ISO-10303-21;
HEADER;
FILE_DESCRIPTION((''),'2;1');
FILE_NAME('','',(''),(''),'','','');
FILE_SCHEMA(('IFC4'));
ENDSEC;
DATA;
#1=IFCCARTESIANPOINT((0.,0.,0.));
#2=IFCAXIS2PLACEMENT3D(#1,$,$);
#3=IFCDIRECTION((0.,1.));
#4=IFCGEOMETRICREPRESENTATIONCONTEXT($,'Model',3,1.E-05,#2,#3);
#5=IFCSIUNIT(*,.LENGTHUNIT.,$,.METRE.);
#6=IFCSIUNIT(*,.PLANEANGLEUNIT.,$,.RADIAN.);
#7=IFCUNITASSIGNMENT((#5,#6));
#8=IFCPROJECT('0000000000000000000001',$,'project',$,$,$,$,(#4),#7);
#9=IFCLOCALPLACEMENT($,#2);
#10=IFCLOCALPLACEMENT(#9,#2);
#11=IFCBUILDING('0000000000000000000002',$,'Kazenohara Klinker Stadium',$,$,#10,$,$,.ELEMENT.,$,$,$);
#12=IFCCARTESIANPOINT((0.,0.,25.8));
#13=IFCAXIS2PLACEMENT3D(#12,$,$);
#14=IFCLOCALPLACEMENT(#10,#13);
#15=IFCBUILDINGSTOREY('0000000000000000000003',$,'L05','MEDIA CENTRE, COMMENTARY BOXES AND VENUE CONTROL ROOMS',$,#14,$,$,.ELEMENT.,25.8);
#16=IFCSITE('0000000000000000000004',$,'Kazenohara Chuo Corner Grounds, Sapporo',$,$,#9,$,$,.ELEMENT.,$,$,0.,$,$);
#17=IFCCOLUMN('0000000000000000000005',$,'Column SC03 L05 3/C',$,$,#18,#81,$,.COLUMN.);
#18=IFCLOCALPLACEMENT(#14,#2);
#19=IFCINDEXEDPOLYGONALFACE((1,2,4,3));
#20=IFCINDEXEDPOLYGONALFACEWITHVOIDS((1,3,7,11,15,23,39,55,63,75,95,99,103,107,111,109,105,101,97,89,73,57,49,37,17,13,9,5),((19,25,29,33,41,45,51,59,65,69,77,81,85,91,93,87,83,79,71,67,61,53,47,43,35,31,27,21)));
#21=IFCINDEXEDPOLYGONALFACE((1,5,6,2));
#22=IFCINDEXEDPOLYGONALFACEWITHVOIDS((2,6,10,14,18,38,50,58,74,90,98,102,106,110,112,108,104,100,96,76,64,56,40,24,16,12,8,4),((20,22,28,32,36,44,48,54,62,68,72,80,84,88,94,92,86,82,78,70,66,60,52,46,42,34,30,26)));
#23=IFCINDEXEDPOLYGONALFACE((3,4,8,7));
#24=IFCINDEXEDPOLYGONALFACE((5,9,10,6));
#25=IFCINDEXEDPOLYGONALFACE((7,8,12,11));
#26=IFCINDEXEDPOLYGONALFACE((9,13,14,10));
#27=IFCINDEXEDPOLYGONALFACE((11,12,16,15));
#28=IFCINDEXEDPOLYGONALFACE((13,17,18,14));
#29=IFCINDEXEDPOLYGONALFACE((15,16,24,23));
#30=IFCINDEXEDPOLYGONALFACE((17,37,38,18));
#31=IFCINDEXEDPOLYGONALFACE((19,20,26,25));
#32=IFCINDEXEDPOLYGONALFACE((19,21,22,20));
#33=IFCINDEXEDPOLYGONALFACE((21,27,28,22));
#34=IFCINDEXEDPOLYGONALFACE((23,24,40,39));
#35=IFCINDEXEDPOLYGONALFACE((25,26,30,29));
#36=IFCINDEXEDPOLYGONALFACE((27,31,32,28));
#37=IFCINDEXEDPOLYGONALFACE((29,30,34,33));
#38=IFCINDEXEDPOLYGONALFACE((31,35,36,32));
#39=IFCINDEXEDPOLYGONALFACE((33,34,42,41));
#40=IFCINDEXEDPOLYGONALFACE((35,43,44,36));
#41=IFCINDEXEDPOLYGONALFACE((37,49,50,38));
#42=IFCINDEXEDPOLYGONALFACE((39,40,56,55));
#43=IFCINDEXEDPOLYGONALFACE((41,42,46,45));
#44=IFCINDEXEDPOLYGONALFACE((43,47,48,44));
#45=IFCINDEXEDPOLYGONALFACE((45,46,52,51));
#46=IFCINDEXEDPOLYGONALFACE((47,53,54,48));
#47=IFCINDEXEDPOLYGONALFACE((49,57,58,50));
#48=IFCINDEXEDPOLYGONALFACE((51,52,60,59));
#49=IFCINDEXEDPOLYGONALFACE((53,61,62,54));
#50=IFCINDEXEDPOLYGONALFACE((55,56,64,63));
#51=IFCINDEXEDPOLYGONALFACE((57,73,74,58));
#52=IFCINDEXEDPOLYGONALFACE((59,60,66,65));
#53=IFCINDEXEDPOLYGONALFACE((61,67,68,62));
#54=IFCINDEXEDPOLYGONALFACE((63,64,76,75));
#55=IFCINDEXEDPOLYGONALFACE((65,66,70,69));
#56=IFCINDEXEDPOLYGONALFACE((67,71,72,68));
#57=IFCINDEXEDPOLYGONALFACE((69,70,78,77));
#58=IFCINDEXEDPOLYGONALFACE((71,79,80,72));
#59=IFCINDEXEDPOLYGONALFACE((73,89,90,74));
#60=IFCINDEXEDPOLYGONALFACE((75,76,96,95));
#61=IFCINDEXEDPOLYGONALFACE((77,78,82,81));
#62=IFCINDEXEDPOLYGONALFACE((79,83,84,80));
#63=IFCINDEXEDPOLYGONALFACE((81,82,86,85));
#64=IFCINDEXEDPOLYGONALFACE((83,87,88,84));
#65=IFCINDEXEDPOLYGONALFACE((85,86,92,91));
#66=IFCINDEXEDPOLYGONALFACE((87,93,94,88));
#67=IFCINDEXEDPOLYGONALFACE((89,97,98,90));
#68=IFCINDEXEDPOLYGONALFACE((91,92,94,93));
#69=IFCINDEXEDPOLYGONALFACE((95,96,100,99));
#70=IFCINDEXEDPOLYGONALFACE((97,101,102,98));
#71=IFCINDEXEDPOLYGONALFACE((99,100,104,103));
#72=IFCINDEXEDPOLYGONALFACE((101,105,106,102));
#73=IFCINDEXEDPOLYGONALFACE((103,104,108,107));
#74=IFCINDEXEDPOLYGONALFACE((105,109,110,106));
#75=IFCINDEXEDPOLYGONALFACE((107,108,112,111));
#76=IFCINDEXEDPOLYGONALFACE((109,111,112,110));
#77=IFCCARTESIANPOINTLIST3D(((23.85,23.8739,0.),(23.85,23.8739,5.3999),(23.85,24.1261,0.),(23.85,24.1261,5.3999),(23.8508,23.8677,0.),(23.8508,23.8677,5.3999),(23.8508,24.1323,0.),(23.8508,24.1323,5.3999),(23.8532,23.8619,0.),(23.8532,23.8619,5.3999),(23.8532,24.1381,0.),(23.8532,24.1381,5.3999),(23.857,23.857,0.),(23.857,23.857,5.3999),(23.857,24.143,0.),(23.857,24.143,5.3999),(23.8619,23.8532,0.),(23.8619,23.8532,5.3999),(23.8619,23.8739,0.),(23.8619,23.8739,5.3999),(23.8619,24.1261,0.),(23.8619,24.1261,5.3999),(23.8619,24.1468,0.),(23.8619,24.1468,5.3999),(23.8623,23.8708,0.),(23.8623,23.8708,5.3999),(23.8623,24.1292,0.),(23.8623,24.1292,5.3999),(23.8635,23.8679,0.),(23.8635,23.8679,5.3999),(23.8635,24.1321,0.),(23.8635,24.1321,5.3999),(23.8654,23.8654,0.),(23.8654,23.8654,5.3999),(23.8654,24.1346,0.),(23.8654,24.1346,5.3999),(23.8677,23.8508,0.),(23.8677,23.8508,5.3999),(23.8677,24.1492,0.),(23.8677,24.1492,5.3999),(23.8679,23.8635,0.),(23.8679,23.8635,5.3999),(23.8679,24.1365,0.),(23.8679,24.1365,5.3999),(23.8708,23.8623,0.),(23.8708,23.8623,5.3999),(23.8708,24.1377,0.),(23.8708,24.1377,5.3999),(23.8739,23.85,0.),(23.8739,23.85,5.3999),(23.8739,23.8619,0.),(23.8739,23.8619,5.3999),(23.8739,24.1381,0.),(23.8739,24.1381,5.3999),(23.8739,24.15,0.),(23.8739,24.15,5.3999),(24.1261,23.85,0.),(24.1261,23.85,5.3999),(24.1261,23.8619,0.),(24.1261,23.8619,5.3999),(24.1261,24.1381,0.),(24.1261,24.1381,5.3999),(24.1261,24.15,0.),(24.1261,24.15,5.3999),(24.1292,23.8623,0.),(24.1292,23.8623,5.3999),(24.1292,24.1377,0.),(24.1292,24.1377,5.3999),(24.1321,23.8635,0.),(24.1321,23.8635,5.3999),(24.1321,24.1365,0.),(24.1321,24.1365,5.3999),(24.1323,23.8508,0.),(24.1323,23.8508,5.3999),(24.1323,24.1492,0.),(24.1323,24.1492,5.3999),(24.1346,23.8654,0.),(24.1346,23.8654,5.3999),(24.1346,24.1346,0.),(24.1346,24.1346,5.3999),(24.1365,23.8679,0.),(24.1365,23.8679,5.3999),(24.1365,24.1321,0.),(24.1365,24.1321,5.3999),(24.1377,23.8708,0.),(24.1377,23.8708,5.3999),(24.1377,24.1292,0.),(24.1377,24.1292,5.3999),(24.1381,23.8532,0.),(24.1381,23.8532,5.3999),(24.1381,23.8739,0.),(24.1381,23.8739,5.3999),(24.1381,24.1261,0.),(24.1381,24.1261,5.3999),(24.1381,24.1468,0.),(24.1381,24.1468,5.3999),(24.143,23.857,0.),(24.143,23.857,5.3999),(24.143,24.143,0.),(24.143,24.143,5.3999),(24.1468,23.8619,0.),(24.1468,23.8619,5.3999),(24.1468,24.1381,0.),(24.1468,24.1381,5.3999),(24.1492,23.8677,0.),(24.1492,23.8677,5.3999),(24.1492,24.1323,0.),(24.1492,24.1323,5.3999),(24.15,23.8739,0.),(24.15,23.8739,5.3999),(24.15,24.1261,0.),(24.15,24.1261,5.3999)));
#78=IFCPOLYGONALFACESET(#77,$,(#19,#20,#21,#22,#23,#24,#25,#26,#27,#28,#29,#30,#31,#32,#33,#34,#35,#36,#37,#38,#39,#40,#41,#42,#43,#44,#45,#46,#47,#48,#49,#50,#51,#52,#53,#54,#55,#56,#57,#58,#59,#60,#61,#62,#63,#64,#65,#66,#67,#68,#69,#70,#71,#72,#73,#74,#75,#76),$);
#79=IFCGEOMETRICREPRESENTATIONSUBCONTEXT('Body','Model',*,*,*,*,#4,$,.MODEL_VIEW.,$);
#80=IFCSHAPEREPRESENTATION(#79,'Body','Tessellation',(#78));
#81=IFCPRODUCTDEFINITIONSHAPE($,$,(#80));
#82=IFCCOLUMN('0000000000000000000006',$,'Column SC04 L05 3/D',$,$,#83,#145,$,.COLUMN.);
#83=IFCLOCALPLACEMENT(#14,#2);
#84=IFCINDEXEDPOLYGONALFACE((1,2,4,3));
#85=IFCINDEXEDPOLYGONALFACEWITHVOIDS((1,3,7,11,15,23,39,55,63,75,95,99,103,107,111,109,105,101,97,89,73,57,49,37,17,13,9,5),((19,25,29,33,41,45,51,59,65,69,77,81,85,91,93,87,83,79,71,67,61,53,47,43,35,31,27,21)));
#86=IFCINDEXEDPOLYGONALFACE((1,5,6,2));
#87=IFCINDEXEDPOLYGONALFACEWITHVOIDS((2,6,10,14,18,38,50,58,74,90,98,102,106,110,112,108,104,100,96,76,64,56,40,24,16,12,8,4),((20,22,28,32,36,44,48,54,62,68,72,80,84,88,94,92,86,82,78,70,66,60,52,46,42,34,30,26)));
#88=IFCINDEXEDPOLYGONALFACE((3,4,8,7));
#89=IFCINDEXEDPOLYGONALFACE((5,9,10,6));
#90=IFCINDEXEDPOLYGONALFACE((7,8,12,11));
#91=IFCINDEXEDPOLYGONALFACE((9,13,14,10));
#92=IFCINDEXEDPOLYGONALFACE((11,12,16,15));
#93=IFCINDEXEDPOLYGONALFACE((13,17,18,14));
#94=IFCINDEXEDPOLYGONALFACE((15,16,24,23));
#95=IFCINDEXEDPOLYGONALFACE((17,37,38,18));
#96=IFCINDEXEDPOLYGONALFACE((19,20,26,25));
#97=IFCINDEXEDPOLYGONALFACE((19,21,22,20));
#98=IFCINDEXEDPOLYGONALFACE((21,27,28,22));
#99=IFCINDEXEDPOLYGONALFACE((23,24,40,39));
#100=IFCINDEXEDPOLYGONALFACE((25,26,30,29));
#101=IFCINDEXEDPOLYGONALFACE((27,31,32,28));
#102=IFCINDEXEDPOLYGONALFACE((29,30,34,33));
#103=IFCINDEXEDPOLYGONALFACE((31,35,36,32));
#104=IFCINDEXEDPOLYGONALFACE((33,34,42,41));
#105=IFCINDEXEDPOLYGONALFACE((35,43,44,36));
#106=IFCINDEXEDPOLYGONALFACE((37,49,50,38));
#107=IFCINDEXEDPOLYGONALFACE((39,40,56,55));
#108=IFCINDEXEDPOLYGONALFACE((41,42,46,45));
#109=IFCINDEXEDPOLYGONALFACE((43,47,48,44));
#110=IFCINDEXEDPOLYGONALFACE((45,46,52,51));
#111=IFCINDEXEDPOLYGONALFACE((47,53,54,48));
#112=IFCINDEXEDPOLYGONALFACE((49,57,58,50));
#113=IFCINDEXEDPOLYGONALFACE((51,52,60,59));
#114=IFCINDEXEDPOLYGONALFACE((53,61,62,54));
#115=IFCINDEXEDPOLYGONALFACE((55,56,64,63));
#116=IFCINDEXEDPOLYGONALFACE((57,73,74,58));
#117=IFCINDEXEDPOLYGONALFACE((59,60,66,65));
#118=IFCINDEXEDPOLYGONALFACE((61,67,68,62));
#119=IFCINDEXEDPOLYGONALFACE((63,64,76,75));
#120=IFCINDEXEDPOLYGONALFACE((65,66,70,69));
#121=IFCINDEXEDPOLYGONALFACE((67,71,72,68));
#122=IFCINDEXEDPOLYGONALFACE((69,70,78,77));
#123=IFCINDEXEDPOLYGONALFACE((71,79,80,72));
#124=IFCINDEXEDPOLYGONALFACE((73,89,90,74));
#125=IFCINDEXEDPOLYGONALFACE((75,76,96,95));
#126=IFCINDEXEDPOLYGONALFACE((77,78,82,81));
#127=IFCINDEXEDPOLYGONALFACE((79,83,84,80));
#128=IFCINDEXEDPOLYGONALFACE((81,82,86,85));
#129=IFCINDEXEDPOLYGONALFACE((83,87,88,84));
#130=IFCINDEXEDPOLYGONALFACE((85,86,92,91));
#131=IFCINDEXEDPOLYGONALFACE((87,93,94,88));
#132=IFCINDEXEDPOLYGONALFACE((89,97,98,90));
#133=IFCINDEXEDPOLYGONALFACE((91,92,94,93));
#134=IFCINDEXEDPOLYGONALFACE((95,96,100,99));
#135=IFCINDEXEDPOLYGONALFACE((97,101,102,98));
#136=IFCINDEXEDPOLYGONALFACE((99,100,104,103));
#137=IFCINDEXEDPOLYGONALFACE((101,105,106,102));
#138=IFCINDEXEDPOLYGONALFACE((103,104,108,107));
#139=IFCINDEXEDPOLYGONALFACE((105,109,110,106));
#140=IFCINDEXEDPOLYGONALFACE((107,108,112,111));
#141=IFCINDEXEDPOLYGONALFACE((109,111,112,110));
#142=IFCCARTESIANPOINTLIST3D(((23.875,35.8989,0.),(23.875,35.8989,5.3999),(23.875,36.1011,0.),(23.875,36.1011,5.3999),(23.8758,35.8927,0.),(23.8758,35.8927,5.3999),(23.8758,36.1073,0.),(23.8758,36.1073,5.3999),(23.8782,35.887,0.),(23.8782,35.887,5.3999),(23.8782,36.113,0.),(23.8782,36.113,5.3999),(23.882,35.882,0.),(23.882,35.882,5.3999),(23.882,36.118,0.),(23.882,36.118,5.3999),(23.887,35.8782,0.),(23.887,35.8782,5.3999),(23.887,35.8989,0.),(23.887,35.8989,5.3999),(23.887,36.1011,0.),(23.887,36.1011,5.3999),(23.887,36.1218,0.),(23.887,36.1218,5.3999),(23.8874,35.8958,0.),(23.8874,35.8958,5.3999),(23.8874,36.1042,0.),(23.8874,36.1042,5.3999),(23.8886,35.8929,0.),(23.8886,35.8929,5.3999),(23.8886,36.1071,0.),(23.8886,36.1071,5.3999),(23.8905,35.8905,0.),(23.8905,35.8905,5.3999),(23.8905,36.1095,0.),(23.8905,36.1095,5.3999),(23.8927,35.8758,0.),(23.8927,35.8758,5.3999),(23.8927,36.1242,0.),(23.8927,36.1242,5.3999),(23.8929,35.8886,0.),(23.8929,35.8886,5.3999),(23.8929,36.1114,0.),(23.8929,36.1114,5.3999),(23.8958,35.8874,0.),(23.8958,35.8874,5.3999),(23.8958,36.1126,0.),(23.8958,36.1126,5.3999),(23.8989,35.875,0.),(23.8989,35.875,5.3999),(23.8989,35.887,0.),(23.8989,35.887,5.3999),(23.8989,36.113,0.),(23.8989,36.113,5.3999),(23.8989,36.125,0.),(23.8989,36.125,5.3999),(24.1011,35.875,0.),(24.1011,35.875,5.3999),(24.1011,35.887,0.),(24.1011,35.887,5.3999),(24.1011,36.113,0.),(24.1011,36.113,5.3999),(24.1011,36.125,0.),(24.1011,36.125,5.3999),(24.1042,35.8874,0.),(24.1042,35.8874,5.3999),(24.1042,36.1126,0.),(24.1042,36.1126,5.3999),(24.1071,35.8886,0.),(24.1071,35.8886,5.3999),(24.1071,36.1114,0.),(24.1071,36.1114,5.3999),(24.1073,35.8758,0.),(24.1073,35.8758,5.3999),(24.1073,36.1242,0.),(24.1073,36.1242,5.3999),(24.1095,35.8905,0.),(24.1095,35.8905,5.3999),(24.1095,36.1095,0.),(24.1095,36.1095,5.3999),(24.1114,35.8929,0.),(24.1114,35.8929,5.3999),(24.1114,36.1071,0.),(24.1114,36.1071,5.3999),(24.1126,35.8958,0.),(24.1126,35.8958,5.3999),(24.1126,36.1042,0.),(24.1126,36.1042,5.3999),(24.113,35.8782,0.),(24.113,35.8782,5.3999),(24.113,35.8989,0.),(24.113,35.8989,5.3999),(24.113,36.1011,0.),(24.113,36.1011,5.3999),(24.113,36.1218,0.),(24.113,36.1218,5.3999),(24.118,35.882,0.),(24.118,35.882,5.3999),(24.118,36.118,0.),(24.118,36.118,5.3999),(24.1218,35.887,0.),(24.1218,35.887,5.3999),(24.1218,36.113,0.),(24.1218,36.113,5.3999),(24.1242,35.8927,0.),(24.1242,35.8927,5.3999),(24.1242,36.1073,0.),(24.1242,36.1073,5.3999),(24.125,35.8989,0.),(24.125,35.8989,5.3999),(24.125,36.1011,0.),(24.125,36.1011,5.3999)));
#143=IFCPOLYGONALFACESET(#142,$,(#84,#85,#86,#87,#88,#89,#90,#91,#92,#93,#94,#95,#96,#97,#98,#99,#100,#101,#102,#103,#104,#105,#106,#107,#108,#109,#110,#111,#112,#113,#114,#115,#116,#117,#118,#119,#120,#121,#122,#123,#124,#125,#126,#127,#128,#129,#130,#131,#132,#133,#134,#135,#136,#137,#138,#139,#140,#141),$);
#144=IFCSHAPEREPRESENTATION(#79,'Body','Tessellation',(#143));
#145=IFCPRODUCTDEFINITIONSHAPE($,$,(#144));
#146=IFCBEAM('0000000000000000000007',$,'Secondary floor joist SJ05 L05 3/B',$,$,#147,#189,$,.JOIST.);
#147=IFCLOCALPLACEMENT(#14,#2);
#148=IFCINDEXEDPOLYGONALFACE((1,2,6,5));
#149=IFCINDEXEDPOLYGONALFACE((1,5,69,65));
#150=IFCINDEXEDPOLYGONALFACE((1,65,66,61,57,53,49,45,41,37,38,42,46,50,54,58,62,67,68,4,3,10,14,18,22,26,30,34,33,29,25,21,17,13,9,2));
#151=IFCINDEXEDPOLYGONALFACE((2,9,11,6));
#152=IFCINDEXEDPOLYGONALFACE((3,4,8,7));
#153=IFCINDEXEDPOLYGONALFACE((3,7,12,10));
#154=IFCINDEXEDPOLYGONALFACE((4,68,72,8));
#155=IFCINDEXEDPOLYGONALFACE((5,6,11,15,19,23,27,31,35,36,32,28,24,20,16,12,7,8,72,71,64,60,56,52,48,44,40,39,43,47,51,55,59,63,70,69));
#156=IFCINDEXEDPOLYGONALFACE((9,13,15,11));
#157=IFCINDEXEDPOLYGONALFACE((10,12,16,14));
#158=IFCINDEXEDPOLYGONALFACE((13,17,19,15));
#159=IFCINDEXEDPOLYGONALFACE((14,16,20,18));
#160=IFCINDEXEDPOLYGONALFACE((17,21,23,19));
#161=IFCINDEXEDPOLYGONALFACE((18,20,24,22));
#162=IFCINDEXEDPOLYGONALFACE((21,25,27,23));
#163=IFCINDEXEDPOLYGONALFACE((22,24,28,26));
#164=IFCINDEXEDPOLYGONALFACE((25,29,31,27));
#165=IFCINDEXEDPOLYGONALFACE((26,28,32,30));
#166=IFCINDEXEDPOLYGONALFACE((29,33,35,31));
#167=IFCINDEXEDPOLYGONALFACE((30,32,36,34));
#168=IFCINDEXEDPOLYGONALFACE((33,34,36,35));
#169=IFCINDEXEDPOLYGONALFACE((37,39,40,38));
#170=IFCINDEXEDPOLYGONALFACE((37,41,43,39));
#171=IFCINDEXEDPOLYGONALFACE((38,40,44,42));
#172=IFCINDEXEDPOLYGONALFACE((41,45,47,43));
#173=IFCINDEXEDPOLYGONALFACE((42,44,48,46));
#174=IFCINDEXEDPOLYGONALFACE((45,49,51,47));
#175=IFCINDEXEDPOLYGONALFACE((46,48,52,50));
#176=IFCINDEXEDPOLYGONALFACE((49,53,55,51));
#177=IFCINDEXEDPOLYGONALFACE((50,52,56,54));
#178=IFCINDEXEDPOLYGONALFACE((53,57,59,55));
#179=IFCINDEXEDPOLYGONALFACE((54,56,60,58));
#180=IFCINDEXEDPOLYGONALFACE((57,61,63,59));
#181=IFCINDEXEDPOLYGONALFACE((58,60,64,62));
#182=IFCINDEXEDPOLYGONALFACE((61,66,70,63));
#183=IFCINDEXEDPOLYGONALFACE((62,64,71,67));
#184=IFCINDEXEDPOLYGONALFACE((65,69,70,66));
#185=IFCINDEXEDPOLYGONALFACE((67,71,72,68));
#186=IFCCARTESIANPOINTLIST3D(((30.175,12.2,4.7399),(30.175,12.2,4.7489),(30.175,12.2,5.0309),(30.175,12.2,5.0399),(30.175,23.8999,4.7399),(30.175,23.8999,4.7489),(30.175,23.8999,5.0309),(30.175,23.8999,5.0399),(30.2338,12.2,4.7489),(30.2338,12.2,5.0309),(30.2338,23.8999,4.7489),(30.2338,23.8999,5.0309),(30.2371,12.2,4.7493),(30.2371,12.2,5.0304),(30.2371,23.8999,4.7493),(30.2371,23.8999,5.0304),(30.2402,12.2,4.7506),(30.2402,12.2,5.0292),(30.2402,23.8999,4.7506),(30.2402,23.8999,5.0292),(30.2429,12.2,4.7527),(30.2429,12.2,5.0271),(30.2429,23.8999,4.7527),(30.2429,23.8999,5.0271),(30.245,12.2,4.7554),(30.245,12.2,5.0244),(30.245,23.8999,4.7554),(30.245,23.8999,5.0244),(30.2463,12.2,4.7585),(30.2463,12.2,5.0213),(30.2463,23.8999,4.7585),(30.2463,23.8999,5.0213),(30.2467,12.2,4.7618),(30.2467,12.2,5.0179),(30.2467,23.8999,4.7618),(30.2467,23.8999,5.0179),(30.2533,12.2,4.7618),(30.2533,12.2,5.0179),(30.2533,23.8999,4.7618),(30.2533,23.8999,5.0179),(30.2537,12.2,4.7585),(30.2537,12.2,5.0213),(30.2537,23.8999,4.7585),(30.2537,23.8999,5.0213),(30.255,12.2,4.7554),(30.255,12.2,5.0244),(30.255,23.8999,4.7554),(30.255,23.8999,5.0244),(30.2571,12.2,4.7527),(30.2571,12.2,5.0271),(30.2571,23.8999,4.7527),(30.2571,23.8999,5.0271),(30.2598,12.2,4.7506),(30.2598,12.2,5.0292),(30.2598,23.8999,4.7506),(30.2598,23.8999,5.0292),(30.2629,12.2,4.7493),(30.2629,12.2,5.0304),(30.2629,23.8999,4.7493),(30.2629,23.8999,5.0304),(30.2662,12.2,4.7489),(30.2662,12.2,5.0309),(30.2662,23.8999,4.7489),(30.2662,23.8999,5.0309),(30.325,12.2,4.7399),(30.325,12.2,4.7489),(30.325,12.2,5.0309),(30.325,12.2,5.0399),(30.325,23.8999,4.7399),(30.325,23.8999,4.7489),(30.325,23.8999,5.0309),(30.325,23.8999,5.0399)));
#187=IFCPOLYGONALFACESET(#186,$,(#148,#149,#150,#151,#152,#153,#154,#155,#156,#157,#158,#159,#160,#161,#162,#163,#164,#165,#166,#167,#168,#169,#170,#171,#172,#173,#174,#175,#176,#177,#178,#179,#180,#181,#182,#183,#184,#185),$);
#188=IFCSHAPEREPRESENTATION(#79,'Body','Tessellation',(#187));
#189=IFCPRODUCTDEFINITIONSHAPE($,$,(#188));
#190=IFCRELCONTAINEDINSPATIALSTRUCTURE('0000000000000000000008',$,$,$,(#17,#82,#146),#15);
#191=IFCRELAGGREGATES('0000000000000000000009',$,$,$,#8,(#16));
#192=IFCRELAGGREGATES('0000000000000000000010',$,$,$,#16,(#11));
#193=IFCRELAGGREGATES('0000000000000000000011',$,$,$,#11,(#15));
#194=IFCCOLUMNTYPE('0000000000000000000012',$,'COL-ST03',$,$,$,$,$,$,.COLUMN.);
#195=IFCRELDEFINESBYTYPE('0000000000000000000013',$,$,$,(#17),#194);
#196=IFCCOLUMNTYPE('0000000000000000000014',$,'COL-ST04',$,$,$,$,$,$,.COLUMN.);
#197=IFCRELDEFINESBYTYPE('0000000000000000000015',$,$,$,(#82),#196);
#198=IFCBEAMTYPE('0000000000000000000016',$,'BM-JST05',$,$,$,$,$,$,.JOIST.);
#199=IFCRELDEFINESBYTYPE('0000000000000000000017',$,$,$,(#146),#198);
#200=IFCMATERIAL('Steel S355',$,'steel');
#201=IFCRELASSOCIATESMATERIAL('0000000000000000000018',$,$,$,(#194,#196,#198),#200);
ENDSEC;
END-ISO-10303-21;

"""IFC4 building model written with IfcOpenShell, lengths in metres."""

from ifc_helpers import new_model, si_unit, direction, frame, origin, origin_2d, place, context, subcontext, project, spatial, hollow_rectangle, i_section, extrude, material, material_profile, profile_set, type_object, element, save


model = new_model("IFC4")

# Units and contexts
model_context = context("Model", 3, precision=1e-05, world=origin(), true_north=direction((0.0, 1.0)))
body_context = subcontext(model_context, "Body", "Model", "MODEL_VIEW")
ifc_project = project(units=[si_unit("LENGTHUNIT", "METRE"), si_unit("PLANEANGLEUNIT", "RADIAN")], contexts=[model_context])

# Site, building, storey
site_placement = place(None, origin())
site = spatial("IfcSite", under=ifc_project, at=site_placement, Name="Kazenohara Chuo Corner Grounds, Sapporo", CompositionType="ELEMENT", RefElevation=0.0)
building_placement = place(site_placement, origin())
building = spatial("IfcBuilding", under=site, at=building_placement, Name="Kazenohara Klinker Stadium", CompositionType="ELEMENT")
storey_placement = place(building_placement, frame((0.0, 0.0, 25.8)))
storey = spatial("IfcBuildingStorey", under=building, at=storey_placement, Name="L05", Description="MEDIA CENTRE, COMMENTARY BOXES AND VENUE CONTROL ROOMS", CompositionType="ELEMENT", Elevation=25.8)

# Columns
ifc_material_1 = material(Name="Steel S355", Category="steel")
ifc_material_profile_1 = material_profile(ifc_material_1, hollow_rectangle(XDim=0.3, YDim=0.3, WallThickness=0.012, InnerFilletRadius=0.012, OuterFilletRadius=0.0239, at=origin_2d()), Name="SHS-300x300x12")
ifc_profile_set_1 = profile_set([ifc_material_profile_1], Name="Steel S355")
column_type_1 = type_object("IfcColumnType", Name="COL-ST03", PredefinedType="COLUMN", material=ifc_profile_set_1)
column_1_placement = place(storey_placement, frame((24.0, 24.0, 0.0), z_axis=(0.0, 0.0, 1.0), x_axis=(1.0, 0.0, 0.0)))
element("IfcColumn", 1, at=column_1_placement, inside=storey, type_object=column_type_1, Name="Column SC03 L05 3/C", PredefinedType="COLUMN", context=body_context, shape_type="SweptSolid", body=[
    extrude(hollow_rectangle(XDim=0.3, YDim=0.3, WallThickness=0.012, InnerFilletRadius=0.012, OuterFilletRadius=0.0239, at=origin_2d()), origin(), (0.0, 0.0, 1.0), 5.3999),
])
ifc_material_profile_2 = material_profile(ifc_material_1, hollow_rectangle(XDim=0.25, YDim=0.25, WallThickness=0.012, InnerFilletRadius=0.012, OuterFilletRadius=0.0239, at=origin_2d()), Name="SHS-250x250x12")
ifc_profile_set_2 = profile_set([ifc_material_profile_2], Name="Steel S355")
column_type_2 = type_object("IfcColumnType", Name="COL-ST04", PredefinedType="COLUMN", material=ifc_profile_set_2)
column_2_placement = place(storey_placement, frame((24.0, 36.0, 0.0), z_axis=(0.0, 0.0, 1.0), x_axis=(1.0, 0.0, 0.0)))
element("IfcColumn", 2, at=column_2_placement, inside=storey, type_object=column_type_2, Name="Column SC04 L05 3/D", PredefinedType="COLUMN", context=body_context, shape_type="SweptSolid", body=[
    extrude(hollow_rectangle(XDim=0.25, YDim=0.25, WallThickness=0.012, InnerFilletRadius=0.012, OuterFilletRadius=0.0239, at=origin_2d()), origin(), (0.0, 0.0, 1.0), 5.3999),
])

# Beam
ifc_material_profile_3 = material_profile(ifc_material_1, i_section(OverallWidth=0.1499, OverallDepth=0.3, WebThickness=0.0066, FlangeThickness=0.009, FilletRadius=0.0129, at=origin_2d()), Name="H-300x150x6.5x9")
ifc_profile_set_3 = profile_set([ifc_material_profile_3], Name="Steel S355")
beam_type_1 = type_object("IfcBeamType", Name="BM-JST05", PredefinedType="JOIST", material=ifc_profile_set_3)
beam_1_placement = place(storey_placement, frame((30.25, 12.2, 4.8899), z_axis=(0.0, 1.0, 0.0), x_axis=(-1.0, 0.0, 0.0)))
element("IfcBeam", 3, at=beam_1_placement, inside=storey, type_object=beam_type_1, Name="Secondary floor joist SJ05 L05 3/B", PredefinedType="JOIST", context=body_context, shape_type="SweptSolid", body=[
    extrude(i_section(OverallWidth=0.1499, OverallDepth=0.3, WebThickness=0.0066, FlangeThickness=0.009, FilletRadius=0.0129, at=origin_2d()), origin(), (0.0, 0.0, 1.0), 11.7),
])

save(model, "model.ifc")
